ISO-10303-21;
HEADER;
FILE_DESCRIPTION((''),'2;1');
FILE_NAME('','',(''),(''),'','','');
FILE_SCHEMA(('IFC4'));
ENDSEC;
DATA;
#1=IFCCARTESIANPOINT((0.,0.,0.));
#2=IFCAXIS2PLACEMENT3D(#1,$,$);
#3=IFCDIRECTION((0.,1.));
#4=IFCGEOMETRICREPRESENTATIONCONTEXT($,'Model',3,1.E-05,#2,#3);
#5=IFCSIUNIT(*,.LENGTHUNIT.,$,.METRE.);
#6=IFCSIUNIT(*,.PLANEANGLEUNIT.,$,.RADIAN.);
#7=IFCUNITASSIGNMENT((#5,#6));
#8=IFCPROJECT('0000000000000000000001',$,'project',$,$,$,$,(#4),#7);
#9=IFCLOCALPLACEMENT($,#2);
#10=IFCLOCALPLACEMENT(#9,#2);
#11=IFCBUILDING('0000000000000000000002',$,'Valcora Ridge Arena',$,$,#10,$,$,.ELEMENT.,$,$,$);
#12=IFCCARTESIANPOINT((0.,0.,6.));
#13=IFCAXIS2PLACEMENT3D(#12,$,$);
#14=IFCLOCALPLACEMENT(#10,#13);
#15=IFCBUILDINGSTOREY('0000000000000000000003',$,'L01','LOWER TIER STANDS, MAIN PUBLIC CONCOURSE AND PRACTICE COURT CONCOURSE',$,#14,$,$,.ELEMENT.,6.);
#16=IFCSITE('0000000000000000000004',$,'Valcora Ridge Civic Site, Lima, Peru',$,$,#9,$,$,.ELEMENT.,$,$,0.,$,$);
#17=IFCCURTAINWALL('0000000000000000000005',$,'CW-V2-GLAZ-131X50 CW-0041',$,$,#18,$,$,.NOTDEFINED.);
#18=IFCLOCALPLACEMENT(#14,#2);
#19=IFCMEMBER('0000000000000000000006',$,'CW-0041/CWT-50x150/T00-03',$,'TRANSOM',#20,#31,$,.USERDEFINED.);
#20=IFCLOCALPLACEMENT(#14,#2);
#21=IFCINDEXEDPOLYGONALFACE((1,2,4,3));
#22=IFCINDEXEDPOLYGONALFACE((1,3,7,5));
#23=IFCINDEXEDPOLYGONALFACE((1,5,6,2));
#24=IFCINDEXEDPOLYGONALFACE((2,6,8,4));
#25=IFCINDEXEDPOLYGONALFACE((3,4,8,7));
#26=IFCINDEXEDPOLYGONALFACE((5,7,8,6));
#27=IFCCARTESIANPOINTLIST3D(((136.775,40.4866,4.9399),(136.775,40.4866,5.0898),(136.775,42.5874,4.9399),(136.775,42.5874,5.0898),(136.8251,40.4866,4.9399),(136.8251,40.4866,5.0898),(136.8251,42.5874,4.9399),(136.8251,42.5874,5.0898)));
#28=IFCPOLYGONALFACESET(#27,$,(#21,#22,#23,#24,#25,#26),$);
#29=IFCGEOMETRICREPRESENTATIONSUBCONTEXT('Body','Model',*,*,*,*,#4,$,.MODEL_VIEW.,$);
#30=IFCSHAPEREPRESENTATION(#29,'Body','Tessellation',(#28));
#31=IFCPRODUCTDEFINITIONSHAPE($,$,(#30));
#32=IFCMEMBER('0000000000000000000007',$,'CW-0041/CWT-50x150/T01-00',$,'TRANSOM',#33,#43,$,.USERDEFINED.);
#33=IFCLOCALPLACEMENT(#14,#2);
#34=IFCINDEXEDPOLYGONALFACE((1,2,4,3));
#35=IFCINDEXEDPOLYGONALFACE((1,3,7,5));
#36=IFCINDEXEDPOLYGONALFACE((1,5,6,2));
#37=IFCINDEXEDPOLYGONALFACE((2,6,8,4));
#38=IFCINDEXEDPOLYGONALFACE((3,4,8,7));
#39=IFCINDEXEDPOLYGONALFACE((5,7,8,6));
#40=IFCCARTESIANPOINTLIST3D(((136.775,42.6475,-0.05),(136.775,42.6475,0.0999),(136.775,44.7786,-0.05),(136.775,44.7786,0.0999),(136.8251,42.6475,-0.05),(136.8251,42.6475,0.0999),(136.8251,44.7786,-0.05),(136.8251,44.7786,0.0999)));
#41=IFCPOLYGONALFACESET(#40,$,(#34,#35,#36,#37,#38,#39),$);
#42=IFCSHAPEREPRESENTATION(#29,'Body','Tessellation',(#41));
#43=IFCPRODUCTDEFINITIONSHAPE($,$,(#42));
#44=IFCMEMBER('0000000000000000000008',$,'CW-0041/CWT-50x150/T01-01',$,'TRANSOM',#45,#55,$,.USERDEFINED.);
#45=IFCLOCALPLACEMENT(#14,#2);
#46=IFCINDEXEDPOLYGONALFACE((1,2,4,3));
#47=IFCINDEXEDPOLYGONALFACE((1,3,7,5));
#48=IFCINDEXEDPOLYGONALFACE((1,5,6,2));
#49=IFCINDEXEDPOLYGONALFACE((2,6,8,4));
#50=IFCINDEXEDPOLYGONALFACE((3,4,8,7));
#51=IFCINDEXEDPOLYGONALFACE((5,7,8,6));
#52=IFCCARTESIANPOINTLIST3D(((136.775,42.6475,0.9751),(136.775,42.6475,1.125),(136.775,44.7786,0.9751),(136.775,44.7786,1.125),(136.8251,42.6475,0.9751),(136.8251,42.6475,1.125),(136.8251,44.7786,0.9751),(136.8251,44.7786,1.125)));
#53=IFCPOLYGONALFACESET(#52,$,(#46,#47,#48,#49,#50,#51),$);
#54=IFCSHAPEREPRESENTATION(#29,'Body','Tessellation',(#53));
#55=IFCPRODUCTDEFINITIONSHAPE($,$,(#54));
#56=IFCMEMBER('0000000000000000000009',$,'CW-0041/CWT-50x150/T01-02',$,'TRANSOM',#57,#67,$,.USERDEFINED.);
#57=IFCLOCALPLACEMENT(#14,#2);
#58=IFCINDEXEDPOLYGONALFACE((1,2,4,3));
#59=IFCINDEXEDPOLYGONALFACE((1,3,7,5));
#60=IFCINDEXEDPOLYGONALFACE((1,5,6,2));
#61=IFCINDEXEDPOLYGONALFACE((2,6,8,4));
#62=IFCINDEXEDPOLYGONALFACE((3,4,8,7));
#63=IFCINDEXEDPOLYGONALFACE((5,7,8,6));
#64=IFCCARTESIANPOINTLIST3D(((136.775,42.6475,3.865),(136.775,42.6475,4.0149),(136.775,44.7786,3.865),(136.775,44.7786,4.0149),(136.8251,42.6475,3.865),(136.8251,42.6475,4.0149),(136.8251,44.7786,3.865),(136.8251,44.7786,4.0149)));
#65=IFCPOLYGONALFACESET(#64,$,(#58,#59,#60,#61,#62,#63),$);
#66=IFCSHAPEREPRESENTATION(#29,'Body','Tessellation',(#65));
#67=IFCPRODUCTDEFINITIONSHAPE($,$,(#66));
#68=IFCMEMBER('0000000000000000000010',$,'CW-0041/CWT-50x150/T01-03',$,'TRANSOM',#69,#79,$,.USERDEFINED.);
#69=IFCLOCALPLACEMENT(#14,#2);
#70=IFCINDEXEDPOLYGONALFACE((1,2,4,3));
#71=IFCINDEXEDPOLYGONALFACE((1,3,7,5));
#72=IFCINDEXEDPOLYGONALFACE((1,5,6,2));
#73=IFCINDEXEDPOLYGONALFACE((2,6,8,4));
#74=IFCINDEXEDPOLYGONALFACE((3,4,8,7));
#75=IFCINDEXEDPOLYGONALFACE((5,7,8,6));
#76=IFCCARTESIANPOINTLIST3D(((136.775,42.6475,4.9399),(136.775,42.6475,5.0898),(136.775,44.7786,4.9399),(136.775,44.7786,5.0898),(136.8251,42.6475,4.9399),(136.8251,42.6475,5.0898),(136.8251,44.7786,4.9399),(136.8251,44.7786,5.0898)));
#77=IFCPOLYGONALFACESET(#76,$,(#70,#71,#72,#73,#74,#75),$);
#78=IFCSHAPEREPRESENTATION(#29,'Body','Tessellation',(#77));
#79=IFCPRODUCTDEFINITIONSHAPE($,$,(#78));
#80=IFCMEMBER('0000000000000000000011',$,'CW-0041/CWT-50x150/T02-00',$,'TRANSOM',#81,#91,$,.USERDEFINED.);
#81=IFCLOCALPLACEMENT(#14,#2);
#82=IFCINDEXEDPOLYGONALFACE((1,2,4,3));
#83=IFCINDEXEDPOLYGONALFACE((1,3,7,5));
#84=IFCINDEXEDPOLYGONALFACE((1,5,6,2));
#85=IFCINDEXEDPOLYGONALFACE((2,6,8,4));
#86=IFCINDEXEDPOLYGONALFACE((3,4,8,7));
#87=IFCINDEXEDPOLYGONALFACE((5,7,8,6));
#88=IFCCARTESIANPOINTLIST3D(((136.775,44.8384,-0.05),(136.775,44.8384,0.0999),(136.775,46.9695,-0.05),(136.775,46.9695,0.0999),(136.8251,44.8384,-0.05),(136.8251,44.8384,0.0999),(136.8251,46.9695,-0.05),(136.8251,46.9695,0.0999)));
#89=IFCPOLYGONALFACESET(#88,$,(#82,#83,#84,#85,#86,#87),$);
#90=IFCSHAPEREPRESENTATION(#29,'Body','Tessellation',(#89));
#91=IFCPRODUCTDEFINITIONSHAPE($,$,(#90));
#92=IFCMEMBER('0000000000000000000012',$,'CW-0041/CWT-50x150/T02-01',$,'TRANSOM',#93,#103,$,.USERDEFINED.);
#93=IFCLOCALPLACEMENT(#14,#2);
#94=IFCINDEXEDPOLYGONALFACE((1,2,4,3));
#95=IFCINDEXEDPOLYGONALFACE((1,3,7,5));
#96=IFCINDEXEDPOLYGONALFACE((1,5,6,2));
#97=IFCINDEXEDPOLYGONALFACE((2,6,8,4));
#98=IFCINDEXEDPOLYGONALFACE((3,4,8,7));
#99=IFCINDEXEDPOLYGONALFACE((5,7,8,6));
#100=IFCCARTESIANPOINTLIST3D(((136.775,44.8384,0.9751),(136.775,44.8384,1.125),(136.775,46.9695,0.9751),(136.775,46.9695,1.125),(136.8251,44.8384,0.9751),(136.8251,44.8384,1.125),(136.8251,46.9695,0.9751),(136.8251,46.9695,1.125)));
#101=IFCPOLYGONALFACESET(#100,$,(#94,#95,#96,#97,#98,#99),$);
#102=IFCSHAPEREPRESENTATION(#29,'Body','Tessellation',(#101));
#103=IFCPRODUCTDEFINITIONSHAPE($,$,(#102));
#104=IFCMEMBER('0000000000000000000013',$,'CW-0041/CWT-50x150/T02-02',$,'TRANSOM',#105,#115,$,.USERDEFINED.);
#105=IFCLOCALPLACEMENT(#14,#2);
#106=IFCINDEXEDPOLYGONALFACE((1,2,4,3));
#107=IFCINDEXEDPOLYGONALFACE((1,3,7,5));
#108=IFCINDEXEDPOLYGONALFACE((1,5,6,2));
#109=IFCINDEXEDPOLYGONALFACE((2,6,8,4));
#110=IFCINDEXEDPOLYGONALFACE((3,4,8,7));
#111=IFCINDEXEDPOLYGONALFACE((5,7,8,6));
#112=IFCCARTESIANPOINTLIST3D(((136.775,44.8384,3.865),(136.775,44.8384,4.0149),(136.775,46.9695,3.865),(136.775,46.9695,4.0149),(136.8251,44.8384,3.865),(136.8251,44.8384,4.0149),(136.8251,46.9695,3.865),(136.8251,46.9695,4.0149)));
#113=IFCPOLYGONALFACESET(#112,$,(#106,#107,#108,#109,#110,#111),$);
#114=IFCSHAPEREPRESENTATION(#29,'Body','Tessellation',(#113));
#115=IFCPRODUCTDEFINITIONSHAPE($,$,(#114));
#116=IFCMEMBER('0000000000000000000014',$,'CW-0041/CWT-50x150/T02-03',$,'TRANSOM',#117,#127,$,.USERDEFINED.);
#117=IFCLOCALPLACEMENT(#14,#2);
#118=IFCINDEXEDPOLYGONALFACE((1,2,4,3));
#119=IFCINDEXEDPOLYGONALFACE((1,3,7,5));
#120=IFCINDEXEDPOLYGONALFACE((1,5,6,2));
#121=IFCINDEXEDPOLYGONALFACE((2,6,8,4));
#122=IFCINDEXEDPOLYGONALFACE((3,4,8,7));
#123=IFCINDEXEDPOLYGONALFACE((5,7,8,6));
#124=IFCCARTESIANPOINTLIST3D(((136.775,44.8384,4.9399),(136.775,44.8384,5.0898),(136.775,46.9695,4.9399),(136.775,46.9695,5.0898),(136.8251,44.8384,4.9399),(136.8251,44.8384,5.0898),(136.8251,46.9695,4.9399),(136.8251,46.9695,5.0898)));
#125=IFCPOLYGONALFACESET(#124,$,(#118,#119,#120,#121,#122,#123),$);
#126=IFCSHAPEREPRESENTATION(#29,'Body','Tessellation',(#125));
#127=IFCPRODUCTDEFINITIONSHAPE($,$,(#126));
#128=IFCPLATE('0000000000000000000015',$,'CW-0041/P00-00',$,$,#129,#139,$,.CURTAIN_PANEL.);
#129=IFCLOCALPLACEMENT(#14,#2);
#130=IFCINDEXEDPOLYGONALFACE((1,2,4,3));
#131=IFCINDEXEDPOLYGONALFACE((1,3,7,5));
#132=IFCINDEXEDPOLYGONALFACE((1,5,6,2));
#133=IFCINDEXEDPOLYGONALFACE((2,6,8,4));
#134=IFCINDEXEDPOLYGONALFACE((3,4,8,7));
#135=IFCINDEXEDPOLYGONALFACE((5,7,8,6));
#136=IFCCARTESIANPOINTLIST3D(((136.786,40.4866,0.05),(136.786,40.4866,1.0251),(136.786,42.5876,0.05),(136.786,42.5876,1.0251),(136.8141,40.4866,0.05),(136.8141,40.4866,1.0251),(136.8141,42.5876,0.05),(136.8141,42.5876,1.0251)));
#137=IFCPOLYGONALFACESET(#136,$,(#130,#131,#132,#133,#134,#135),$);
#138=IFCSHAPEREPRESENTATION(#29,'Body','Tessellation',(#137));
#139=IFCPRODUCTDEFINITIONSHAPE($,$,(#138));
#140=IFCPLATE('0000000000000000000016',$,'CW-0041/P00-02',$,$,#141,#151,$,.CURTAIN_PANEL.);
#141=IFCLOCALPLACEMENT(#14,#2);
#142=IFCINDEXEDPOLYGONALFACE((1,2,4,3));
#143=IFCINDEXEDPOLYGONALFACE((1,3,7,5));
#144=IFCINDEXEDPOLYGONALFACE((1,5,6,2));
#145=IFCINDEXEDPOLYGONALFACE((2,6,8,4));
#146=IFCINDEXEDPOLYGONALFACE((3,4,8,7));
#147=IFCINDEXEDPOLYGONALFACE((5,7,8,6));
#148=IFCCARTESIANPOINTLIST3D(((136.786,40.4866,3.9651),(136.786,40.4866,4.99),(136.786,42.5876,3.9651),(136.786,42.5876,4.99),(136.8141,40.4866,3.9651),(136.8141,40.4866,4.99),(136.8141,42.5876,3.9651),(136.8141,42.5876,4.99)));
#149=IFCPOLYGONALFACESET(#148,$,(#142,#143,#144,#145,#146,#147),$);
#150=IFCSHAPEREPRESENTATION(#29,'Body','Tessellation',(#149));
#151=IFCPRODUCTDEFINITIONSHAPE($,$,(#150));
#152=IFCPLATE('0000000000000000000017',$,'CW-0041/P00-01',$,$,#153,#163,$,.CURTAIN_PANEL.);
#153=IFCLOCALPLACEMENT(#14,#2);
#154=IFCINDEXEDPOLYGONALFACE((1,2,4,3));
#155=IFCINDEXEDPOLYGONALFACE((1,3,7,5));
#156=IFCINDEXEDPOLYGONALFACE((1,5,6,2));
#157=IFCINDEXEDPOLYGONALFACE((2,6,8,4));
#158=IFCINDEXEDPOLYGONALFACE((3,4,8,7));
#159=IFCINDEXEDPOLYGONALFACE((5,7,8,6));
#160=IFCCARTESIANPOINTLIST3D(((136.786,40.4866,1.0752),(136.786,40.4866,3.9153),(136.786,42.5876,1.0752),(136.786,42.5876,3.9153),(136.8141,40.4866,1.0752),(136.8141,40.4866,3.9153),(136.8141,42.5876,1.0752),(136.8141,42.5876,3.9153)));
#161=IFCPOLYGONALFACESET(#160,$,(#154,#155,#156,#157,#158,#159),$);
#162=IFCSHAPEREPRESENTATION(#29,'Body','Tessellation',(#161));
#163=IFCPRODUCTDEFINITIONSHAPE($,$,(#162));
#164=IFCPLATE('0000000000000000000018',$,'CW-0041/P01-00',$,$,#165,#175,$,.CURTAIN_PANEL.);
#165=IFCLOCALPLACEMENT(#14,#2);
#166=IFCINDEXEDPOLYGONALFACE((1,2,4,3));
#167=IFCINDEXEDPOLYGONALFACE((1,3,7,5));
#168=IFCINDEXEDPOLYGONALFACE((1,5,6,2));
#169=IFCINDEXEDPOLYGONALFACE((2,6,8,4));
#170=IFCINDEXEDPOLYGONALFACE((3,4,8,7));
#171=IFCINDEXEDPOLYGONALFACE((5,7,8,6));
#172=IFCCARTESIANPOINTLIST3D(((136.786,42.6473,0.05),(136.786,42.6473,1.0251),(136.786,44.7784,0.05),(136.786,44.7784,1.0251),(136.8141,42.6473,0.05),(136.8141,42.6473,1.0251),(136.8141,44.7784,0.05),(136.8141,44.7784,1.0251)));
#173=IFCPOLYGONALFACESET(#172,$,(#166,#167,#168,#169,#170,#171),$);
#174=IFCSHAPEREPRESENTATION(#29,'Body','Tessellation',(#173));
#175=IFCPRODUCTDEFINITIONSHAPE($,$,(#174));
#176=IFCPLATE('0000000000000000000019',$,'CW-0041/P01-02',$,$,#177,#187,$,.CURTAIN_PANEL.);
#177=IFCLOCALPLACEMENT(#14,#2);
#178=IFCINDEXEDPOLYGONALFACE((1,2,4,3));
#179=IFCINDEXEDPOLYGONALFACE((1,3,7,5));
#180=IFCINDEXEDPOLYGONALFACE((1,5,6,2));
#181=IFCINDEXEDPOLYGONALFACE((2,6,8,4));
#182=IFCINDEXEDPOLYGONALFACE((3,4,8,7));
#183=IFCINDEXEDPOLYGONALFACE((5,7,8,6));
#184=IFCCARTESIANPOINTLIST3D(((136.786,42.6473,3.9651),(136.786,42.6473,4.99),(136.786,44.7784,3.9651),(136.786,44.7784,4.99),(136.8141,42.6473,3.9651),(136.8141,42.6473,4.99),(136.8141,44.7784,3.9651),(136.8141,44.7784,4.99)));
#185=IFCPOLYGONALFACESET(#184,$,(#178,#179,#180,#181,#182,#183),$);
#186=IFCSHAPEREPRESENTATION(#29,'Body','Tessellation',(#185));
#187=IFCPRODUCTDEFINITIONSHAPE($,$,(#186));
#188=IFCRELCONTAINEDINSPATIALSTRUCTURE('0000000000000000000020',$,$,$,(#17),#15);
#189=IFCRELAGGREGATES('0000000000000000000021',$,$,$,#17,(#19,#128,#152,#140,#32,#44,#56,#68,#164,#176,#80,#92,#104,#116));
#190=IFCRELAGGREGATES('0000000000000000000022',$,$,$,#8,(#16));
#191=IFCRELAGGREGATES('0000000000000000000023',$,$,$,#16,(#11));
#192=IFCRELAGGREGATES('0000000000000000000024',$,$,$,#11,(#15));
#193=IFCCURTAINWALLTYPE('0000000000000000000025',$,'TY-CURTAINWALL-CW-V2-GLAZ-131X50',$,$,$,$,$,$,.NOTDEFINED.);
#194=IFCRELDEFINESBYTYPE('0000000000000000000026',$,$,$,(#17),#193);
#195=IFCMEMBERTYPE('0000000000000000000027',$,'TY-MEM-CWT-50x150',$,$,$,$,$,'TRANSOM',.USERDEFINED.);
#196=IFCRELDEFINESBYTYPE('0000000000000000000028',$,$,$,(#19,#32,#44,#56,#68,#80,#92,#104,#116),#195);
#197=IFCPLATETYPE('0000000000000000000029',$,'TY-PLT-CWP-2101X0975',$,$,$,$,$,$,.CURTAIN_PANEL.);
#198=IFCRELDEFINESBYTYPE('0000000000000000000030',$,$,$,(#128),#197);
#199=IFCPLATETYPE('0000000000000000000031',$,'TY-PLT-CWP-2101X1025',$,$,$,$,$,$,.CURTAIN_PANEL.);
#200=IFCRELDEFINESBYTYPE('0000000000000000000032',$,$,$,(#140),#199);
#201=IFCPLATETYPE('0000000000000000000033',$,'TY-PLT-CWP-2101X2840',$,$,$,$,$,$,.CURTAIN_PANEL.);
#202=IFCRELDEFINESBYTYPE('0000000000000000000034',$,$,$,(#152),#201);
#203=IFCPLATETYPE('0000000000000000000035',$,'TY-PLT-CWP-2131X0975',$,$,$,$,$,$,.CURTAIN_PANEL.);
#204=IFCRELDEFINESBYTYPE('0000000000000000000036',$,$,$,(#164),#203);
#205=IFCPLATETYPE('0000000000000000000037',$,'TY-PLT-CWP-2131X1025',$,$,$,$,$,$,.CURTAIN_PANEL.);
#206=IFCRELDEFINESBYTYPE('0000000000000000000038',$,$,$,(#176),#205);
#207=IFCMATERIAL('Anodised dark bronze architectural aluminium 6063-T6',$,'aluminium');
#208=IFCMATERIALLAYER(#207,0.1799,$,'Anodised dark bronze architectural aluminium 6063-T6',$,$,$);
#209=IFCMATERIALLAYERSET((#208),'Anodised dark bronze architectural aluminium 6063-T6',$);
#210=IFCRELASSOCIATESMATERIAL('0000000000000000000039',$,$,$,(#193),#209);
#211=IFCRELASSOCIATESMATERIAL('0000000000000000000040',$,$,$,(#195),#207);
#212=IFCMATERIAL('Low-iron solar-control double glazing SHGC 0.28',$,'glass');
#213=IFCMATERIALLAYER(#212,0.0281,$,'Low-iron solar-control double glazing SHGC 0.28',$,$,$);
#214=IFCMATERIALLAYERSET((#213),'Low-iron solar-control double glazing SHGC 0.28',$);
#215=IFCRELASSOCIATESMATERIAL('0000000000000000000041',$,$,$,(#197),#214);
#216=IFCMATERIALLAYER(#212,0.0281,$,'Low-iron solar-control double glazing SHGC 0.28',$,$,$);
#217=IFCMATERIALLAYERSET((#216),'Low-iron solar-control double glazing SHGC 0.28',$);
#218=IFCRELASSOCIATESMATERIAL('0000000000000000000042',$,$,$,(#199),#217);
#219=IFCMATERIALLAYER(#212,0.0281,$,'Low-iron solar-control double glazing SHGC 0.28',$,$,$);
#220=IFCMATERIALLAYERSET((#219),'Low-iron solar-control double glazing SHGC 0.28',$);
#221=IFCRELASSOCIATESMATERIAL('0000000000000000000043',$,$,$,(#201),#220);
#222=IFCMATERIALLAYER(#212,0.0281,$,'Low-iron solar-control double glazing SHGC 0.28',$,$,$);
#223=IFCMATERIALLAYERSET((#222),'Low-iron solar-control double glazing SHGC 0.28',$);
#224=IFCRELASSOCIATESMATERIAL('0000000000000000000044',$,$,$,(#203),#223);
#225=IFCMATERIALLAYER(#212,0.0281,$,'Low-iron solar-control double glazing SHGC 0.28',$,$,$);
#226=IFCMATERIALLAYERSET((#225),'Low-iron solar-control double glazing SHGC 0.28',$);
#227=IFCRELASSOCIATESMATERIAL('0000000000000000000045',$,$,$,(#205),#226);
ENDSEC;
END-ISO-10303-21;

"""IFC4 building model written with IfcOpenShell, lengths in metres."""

from ifc_helpers import new_model, si_unit, direction, frame, origin, origin_2d, place, context, subcontext, project, spatial, rectangle, extrude, material, layer, layer_set, material_profile, profile_set, type_object, element, aggregate, save


model = new_model("IFC4")

# Units and contexts
model_context = context("Model", 3, precision=1e-05, world=origin(), true_north=direction((0.0, 1.0)))
body_context = subcontext(model_context, "Body", "Model", "MODEL_VIEW")
ifc_project = project(units=[si_unit("LENGTHUNIT", "METRE"), si_unit("PLANEANGLEUNIT", "RADIAN")], contexts=[model_context])

# Site, building, storey
site_placement = place(None, origin())
site = spatial("IfcSite", under=ifc_project, at=site_placement, Name="Valcora Ridge Civic Site, Lima, Peru", CompositionType="ELEMENT", RefElevation=0.0)
building_placement = place(site_placement, origin())
building = spatial("IfcBuilding", under=site, at=building_placement, Name="Valcora Ridge Arena", CompositionType="ELEMENT")
storey_placement = place(building_placement, frame((0.0, 0.0, 6.0)))
storey = spatial("IfcBuildingStorey", under=building, at=storey_placement, Name="L01", Description="LOWER TIER STANDS, MAIN PUBLIC CONCOURSE AND PRACTICE COURT CONCOURSE", CompositionType="ELEMENT", Elevation=6.0)

# Curtain wall, members, plates
ifc_material_1 = material(Name="Anodised dark bronze architectural aluminium 6063-T6", Category="aluminium")
ifc_layer_1 = layer(ifc_material_1, 0.1799, Name="Anodised dark bronze architectural aluminium 6063-T6")
ifc_layer_set_1 = layer_set([ifc_layer_1], Name="Anodised dark bronze architectural aluminium 6063-T6")
curtain_wall_type = type_object("IfcCurtainWallType", Name="TY-CURTAINWALL-CW-V2-GLAZ-131X50", PredefinedType="NOTDEFINED", material=ifc_layer_set_1)
curtain_wall_placement = place(storey_placement, origin())
curtain_wall = element("IfcCurtainWall", 1, at=curtain_wall_placement, inside=storey, type_object=curtain_wall_type, Name="CW-V2-GLAZ-131X50 CW-0041", PredefinedType="NOTDEFINED")
ifc_material_profile_1 = material_profile(ifc_material_1, rectangle(XDim=0.05, YDim=0.1499, at=origin_2d()), Name="ALU TRANSOM 50x150")
ifc_profile_set_1 = profile_set([ifc_material_profile_1], Name="Anodised dark bronze architectural aluminium 6063-T6")
member_type_1 = type_object("IfcMemberType", Name="TY-MEM-CWT-50x150", ElementType="TRANSOM", PredefinedType="USERDEFINED", material=ifc_profile_set_1)
member_1_placement = place(storey_placement, frame((136.8, 40.4866, 5.0149), z_axis=(0.0, 1.0, 0.0), x_axis=(-1.0, 0.0, 0.0)))
member_1 = element("IfcMember", 2, at=member_1_placement, type_object=member_type_1, Name="CW-0041/CWT-50x150/T00-03", ObjectType="TRANSOM", PredefinedType="USERDEFINED", context=body_context, shape_type="SweptSolid", body=[
    extrude(rectangle(XDim=0.05, YDim=0.1499, at=origin_2d()), origin(), (0.0, 0.0, 1.0), 2.1008),
])
member_2_placement = place(storey_placement, frame((136.8, 42.6475, 0.0249), z_axis=(0.0, 1.0, 0.0), x_axis=(-1.0, 0.0, 0.0)))
member_2 = element("IfcMember", 3, at=member_2_placement, type_object=member_type_1, Name="CW-0041/CWT-50x150/T01-00", ObjectType="TRANSOM", PredefinedType="USERDEFINED", context=body_context, shape_type="SweptSolid", body=[
    extrude(rectangle(XDim=0.05, YDim=0.1499, at=origin_2d()), origin(), (0.0, 0.0, 1.0), 2.1311),
])
member_3_placement = place(storey_placement, frame((136.8, 42.6475, 1.05), z_axis=(0.0, 1.0, 0.0), x_axis=(-1.0, 0.0, 0.0)))
member_3 = element("IfcMember", 4, at=member_3_placement, type_object=member_type_1, Name="CW-0041/CWT-50x150/T01-01", ObjectType="TRANSOM", PredefinedType="USERDEFINED", context=body_context, shape_type="SweptSolid", body=[
    extrude(rectangle(XDim=0.05, YDim=0.1499, at=origin_2d()), origin(), (0.0, 0.0, 1.0), 2.1311),
])
member_4_placement = place(storey_placement, frame((136.8, 42.6475, 3.9399), z_axis=(0.0, 1.0, 0.0), x_axis=(-1.0, 0.0, 0.0)))
member_4 = element("IfcMember", 5, at=member_4_placement, type_object=member_type_1, Name="CW-0041/CWT-50x150/T01-02", ObjectType="TRANSOM", PredefinedType="USERDEFINED", context=body_context, shape_type="SweptSolid", body=[
    extrude(rectangle(XDim=0.05, YDim=0.1499, at=origin_2d()), origin(), (0.0, 0.0, 1.0), 2.1311),
])
member_5_placement = place(storey_placement, frame((136.8, 42.6475, 5.0149), z_axis=(0.0, 1.0, 0.0), x_axis=(-1.0, 0.0, 0.0)))
member_5 = element("IfcMember", 6, at=member_5_placement, type_object=member_type_1, Name="CW-0041/CWT-50x150/T01-03", ObjectType="TRANSOM", PredefinedType="USERDEFINED", context=body_context, shape_type="SweptSolid", body=[
    extrude(rectangle(XDim=0.05, YDim=0.1499, at=origin_2d()), origin(), (0.0, 0.0, 1.0), 2.1311),
])
member_6_placement = place(storey_placement, frame((136.8, 44.8384, 0.0249), z_axis=(0.0, 1.0, 0.0), x_axis=(-1.0, 0.0, 0.0)))
member_6 = element("IfcMember", 7, at=member_6_placement, type_object=member_type_1, Name="CW-0041/CWT-50x150/T02-00", ObjectType="TRANSOM", PredefinedType="USERDEFINED", context=body_context, shape_type="SweptSolid", body=[
    extrude(rectangle(XDim=0.05, YDim=0.1499, at=origin_2d()), origin(), (0.0, 0.0, 1.0), 2.1311),
])
member_7_placement = place(storey_placement, frame((136.8, 44.8384, 1.05), z_axis=(0.0, 1.0, 0.0), x_axis=(-1.0, 0.0, 0.0)))
member_7 = element("IfcMember", 8, at=member_7_placement, type_object=member_type_1, Name="CW-0041/CWT-50x150/T02-01", ObjectType="TRANSOM", PredefinedType="USERDEFINED", context=body_context, shape_type="SweptSolid", body=[
    extrude(rectangle(XDim=0.05, YDim=0.1499, at=origin_2d()), origin(), (0.0, 0.0, 1.0), 2.1311),
])
member_8_placement = place(storey_placement, frame((136.8, 44.8384, 3.9399), z_axis=(0.0, 1.0, 0.0), x_axis=(-1.0, 0.0, 0.0)))
member_8 = element("IfcMember", 9, at=member_8_placement, type_object=member_type_1, Name="CW-0041/CWT-50x150/T02-02", ObjectType="TRANSOM", PredefinedType="USERDEFINED", context=body_context, shape_type="SweptSolid", body=[
    extrude(rectangle(XDim=0.05, YDim=0.1499, at=origin_2d()), origin(), (0.0, 0.0, 1.0), 2.1311),
])
member_9_placement = place(storey_placement, frame((136.8, 44.8384, 5.0149), z_axis=(0.0, 1.0, 0.0), x_axis=(-1.0, 0.0, 0.0)))
member_9 = element("IfcMember", 10, at=member_9_placement, type_object=member_type_1, Name="CW-0041/CWT-50x150/T02-03", ObjectType="TRANSOM", PredefinedType="USERDEFINED", context=body_context, shape_type="SweptSolid", body=[
    extrude(rectangle(XDim=0.05, YDim=0.1499, at=origin_2d()), origin(), (0.0, 0.0, 1.0), 2.1311),
])
ifc_material_2 = material(Name="Low-iron solar-control double glazing SHGC 0.28", Category="glass")
ifc_layer_2 = layer(ifc_material_2, 0.0281, Name="Low-iron solar-control double glazing SHGC 0.28")
ifc_layer_set_2 = layer_set([ifc_layer_2], Name="Low-iron solar-control double glazing SHGC 0.28")
plate_type_1 = type_object("IfcPlateType", Name="TY-PLT-CWP-2101X0975", PredefinedType="CURTAIN_PANEL", material=ifc_layer_set_2)
plate_1_placement = place(storey_placement, frame((136.8, 41.5371, 0.05), z_axis=(0.0, 0.0, 1.0), x_axis=(0.0, 1.0, 0.0)))
plate_1 = element("IfcPlate", 11, at=plate_1_placement, type_object=plate_type_1, Name="CW-0041/P00-00", PredefinedType="CURTAIN_PANEL", context=body_context, shape_type="SweptSolid", body=[
    extrude(rectangle(XDim=2.1011, YDim=0.0281, at=origin_2d()), origin(), (0.0, 0.0, 1.0), 0.9751),
])
ifc_layer_3 = layer(ifc_material_2, 0.0281, Name="Low-iron solar-control double glazing SHGC 0.28")
ifc_layer_set_3 = layer_set([ifc_layer_3], Name="Low-iron solar-control double glazing SHGC 0.28")
plate_type_2 = type_object("IfcPlateType", Name="TY-PLT-CWP-2101X1025", PredefinedType="CURTAIN_PANEL", material=ifc_layer_set_3)
plate_2_placement = place(storey_placement, frame((136.8, 41.5371, 3.9651), z_axis=(0.0, 0.0, 1.0), x_axis=(0.0, 1.0, 0.0)))
plate_2 = element("IfcPlate", 12, at=plate_2_placement, type_object=plate_type_2, Name="CW-0041/P00-02", PredefinedType="CURTAIN_PANEL", context=body_context, shape_type="SweptSolid", body=[
    extrude(rectangle(XDim=2.1011, YDim=0.0281, at=origin_2d()), origin(), (0.0, 0.0, 1.0), 1.0249),
])
ifc_layer_4 = layer(ifc_material_2, 0.0281, Name="Low-iron solar-control double glazing SHGC 0.28")
ifc_layer_set_4 = layer_set([ifc_layer_4], Name="Low-iron solar-control double glazing SHGC 0.28")
plate_type_3 = type_object("IfcPlateType", Name="TY-PLT-CWP-2101X2840", PredefinedType="CURTAIN_PANEL", material=ifc_layer_set_4)
plate_3_placement = place(storey_placement, frame((136.8, 41.5371, 1.0752), z_axis=(0.0, 0.0, 1.0), x_axis=(0.0, 1.0, 0.0)))
plate_3 = element("IfcPlate", 13, at=plate_3_placement, type_object=plate_type_3, Name="CW-0041/P00-01", PredefinedType="CURTAIN_PANEL", context=body_context, shape_type="SweptSolid", body=[
    extrude(rectangle(XDim=2.1011, YDim=0.0281, at=origin_2d()), origin(), (0.0, 0.0, 1.0), 2.8401),
])
ifc_layer_5 = layer(ifc_material_2, 0.0281, Name="Low-iron solar-control double glazing SHGC 0.28")
ifc_layer_set_5 = layer_set([ifc_layer_5], Name="Low-iron solar-control double glazing SHGC 0.28")
plate_type_4 = type_object("IfcPlateType", Name="TY-PLT-CWP-2131X0975", PredefinedType="CURTAIN_PANEL", material=ifc_layer_set_5)
plate_4_placement = place(storey_placement, frame((136.8, 43.7129, 0.05), z_axis=(0.0, 0.0, 1.0), x_axis=(0.0, 1.0, 0.0)))
plate_4 = element("IfcPlate", 14, at=plate_4_placement, type_object=plate_type_4, Name="CW-0041/P01-00", PredefinedType="CURTAIN_PANEL", context=body_context, shape_type="SweptSolid", body=[
    extrude(rectangle(XDim=2.1311, YDim=0.0281, at=origin_2d()), origin(), (0.0, 0.0, 1.0), 0.9751),
])
ifc_layer_6 = layer(ifc_material_2, 0.0281, Name="Low-iron solar-control double glazing SHGC 0.28")
ifc_layer_set_6 = layer_set([ifc_layer_6], Name="Low-iron solar-control double glazing SHGC 0.28")
plate_type_5 = type_object("IfcPlateType", Name="TY-PLT-CWP-2131X1025", PredefinedType="CURTAIN_PANEL", material=ifc_layer_set_6)
plate_5_placement = place(storey_placement, frame((136.8, 43.7129, 3.9651), z_axis=(0.0, 0.0, 1.0), x_axis=(0.0, 1.0, 0.0)))
plate_5 = element("IfcPlate", 15, at=plate_5_placement, type_object=plate_type_5, Name="CW-0041/P01-02", PredefinedType="CURTAIN_PANEL", context=body_context, shape_type="SweptSolid", body=[
    extrude(rectangle(XDim=2.1311, YDim=0.0281, at=origin_2d()), origin(), (0.0, 0.0, 1.0), 1.0249),
])
aggregate(curtain_wall, [member_1, plate_1, plate_3, plate_2, member_2, member_3, member_4, member_5, plate_4, plate_5, member_6, member_7, member_8, member_9])

save(model, "model.ifc")
